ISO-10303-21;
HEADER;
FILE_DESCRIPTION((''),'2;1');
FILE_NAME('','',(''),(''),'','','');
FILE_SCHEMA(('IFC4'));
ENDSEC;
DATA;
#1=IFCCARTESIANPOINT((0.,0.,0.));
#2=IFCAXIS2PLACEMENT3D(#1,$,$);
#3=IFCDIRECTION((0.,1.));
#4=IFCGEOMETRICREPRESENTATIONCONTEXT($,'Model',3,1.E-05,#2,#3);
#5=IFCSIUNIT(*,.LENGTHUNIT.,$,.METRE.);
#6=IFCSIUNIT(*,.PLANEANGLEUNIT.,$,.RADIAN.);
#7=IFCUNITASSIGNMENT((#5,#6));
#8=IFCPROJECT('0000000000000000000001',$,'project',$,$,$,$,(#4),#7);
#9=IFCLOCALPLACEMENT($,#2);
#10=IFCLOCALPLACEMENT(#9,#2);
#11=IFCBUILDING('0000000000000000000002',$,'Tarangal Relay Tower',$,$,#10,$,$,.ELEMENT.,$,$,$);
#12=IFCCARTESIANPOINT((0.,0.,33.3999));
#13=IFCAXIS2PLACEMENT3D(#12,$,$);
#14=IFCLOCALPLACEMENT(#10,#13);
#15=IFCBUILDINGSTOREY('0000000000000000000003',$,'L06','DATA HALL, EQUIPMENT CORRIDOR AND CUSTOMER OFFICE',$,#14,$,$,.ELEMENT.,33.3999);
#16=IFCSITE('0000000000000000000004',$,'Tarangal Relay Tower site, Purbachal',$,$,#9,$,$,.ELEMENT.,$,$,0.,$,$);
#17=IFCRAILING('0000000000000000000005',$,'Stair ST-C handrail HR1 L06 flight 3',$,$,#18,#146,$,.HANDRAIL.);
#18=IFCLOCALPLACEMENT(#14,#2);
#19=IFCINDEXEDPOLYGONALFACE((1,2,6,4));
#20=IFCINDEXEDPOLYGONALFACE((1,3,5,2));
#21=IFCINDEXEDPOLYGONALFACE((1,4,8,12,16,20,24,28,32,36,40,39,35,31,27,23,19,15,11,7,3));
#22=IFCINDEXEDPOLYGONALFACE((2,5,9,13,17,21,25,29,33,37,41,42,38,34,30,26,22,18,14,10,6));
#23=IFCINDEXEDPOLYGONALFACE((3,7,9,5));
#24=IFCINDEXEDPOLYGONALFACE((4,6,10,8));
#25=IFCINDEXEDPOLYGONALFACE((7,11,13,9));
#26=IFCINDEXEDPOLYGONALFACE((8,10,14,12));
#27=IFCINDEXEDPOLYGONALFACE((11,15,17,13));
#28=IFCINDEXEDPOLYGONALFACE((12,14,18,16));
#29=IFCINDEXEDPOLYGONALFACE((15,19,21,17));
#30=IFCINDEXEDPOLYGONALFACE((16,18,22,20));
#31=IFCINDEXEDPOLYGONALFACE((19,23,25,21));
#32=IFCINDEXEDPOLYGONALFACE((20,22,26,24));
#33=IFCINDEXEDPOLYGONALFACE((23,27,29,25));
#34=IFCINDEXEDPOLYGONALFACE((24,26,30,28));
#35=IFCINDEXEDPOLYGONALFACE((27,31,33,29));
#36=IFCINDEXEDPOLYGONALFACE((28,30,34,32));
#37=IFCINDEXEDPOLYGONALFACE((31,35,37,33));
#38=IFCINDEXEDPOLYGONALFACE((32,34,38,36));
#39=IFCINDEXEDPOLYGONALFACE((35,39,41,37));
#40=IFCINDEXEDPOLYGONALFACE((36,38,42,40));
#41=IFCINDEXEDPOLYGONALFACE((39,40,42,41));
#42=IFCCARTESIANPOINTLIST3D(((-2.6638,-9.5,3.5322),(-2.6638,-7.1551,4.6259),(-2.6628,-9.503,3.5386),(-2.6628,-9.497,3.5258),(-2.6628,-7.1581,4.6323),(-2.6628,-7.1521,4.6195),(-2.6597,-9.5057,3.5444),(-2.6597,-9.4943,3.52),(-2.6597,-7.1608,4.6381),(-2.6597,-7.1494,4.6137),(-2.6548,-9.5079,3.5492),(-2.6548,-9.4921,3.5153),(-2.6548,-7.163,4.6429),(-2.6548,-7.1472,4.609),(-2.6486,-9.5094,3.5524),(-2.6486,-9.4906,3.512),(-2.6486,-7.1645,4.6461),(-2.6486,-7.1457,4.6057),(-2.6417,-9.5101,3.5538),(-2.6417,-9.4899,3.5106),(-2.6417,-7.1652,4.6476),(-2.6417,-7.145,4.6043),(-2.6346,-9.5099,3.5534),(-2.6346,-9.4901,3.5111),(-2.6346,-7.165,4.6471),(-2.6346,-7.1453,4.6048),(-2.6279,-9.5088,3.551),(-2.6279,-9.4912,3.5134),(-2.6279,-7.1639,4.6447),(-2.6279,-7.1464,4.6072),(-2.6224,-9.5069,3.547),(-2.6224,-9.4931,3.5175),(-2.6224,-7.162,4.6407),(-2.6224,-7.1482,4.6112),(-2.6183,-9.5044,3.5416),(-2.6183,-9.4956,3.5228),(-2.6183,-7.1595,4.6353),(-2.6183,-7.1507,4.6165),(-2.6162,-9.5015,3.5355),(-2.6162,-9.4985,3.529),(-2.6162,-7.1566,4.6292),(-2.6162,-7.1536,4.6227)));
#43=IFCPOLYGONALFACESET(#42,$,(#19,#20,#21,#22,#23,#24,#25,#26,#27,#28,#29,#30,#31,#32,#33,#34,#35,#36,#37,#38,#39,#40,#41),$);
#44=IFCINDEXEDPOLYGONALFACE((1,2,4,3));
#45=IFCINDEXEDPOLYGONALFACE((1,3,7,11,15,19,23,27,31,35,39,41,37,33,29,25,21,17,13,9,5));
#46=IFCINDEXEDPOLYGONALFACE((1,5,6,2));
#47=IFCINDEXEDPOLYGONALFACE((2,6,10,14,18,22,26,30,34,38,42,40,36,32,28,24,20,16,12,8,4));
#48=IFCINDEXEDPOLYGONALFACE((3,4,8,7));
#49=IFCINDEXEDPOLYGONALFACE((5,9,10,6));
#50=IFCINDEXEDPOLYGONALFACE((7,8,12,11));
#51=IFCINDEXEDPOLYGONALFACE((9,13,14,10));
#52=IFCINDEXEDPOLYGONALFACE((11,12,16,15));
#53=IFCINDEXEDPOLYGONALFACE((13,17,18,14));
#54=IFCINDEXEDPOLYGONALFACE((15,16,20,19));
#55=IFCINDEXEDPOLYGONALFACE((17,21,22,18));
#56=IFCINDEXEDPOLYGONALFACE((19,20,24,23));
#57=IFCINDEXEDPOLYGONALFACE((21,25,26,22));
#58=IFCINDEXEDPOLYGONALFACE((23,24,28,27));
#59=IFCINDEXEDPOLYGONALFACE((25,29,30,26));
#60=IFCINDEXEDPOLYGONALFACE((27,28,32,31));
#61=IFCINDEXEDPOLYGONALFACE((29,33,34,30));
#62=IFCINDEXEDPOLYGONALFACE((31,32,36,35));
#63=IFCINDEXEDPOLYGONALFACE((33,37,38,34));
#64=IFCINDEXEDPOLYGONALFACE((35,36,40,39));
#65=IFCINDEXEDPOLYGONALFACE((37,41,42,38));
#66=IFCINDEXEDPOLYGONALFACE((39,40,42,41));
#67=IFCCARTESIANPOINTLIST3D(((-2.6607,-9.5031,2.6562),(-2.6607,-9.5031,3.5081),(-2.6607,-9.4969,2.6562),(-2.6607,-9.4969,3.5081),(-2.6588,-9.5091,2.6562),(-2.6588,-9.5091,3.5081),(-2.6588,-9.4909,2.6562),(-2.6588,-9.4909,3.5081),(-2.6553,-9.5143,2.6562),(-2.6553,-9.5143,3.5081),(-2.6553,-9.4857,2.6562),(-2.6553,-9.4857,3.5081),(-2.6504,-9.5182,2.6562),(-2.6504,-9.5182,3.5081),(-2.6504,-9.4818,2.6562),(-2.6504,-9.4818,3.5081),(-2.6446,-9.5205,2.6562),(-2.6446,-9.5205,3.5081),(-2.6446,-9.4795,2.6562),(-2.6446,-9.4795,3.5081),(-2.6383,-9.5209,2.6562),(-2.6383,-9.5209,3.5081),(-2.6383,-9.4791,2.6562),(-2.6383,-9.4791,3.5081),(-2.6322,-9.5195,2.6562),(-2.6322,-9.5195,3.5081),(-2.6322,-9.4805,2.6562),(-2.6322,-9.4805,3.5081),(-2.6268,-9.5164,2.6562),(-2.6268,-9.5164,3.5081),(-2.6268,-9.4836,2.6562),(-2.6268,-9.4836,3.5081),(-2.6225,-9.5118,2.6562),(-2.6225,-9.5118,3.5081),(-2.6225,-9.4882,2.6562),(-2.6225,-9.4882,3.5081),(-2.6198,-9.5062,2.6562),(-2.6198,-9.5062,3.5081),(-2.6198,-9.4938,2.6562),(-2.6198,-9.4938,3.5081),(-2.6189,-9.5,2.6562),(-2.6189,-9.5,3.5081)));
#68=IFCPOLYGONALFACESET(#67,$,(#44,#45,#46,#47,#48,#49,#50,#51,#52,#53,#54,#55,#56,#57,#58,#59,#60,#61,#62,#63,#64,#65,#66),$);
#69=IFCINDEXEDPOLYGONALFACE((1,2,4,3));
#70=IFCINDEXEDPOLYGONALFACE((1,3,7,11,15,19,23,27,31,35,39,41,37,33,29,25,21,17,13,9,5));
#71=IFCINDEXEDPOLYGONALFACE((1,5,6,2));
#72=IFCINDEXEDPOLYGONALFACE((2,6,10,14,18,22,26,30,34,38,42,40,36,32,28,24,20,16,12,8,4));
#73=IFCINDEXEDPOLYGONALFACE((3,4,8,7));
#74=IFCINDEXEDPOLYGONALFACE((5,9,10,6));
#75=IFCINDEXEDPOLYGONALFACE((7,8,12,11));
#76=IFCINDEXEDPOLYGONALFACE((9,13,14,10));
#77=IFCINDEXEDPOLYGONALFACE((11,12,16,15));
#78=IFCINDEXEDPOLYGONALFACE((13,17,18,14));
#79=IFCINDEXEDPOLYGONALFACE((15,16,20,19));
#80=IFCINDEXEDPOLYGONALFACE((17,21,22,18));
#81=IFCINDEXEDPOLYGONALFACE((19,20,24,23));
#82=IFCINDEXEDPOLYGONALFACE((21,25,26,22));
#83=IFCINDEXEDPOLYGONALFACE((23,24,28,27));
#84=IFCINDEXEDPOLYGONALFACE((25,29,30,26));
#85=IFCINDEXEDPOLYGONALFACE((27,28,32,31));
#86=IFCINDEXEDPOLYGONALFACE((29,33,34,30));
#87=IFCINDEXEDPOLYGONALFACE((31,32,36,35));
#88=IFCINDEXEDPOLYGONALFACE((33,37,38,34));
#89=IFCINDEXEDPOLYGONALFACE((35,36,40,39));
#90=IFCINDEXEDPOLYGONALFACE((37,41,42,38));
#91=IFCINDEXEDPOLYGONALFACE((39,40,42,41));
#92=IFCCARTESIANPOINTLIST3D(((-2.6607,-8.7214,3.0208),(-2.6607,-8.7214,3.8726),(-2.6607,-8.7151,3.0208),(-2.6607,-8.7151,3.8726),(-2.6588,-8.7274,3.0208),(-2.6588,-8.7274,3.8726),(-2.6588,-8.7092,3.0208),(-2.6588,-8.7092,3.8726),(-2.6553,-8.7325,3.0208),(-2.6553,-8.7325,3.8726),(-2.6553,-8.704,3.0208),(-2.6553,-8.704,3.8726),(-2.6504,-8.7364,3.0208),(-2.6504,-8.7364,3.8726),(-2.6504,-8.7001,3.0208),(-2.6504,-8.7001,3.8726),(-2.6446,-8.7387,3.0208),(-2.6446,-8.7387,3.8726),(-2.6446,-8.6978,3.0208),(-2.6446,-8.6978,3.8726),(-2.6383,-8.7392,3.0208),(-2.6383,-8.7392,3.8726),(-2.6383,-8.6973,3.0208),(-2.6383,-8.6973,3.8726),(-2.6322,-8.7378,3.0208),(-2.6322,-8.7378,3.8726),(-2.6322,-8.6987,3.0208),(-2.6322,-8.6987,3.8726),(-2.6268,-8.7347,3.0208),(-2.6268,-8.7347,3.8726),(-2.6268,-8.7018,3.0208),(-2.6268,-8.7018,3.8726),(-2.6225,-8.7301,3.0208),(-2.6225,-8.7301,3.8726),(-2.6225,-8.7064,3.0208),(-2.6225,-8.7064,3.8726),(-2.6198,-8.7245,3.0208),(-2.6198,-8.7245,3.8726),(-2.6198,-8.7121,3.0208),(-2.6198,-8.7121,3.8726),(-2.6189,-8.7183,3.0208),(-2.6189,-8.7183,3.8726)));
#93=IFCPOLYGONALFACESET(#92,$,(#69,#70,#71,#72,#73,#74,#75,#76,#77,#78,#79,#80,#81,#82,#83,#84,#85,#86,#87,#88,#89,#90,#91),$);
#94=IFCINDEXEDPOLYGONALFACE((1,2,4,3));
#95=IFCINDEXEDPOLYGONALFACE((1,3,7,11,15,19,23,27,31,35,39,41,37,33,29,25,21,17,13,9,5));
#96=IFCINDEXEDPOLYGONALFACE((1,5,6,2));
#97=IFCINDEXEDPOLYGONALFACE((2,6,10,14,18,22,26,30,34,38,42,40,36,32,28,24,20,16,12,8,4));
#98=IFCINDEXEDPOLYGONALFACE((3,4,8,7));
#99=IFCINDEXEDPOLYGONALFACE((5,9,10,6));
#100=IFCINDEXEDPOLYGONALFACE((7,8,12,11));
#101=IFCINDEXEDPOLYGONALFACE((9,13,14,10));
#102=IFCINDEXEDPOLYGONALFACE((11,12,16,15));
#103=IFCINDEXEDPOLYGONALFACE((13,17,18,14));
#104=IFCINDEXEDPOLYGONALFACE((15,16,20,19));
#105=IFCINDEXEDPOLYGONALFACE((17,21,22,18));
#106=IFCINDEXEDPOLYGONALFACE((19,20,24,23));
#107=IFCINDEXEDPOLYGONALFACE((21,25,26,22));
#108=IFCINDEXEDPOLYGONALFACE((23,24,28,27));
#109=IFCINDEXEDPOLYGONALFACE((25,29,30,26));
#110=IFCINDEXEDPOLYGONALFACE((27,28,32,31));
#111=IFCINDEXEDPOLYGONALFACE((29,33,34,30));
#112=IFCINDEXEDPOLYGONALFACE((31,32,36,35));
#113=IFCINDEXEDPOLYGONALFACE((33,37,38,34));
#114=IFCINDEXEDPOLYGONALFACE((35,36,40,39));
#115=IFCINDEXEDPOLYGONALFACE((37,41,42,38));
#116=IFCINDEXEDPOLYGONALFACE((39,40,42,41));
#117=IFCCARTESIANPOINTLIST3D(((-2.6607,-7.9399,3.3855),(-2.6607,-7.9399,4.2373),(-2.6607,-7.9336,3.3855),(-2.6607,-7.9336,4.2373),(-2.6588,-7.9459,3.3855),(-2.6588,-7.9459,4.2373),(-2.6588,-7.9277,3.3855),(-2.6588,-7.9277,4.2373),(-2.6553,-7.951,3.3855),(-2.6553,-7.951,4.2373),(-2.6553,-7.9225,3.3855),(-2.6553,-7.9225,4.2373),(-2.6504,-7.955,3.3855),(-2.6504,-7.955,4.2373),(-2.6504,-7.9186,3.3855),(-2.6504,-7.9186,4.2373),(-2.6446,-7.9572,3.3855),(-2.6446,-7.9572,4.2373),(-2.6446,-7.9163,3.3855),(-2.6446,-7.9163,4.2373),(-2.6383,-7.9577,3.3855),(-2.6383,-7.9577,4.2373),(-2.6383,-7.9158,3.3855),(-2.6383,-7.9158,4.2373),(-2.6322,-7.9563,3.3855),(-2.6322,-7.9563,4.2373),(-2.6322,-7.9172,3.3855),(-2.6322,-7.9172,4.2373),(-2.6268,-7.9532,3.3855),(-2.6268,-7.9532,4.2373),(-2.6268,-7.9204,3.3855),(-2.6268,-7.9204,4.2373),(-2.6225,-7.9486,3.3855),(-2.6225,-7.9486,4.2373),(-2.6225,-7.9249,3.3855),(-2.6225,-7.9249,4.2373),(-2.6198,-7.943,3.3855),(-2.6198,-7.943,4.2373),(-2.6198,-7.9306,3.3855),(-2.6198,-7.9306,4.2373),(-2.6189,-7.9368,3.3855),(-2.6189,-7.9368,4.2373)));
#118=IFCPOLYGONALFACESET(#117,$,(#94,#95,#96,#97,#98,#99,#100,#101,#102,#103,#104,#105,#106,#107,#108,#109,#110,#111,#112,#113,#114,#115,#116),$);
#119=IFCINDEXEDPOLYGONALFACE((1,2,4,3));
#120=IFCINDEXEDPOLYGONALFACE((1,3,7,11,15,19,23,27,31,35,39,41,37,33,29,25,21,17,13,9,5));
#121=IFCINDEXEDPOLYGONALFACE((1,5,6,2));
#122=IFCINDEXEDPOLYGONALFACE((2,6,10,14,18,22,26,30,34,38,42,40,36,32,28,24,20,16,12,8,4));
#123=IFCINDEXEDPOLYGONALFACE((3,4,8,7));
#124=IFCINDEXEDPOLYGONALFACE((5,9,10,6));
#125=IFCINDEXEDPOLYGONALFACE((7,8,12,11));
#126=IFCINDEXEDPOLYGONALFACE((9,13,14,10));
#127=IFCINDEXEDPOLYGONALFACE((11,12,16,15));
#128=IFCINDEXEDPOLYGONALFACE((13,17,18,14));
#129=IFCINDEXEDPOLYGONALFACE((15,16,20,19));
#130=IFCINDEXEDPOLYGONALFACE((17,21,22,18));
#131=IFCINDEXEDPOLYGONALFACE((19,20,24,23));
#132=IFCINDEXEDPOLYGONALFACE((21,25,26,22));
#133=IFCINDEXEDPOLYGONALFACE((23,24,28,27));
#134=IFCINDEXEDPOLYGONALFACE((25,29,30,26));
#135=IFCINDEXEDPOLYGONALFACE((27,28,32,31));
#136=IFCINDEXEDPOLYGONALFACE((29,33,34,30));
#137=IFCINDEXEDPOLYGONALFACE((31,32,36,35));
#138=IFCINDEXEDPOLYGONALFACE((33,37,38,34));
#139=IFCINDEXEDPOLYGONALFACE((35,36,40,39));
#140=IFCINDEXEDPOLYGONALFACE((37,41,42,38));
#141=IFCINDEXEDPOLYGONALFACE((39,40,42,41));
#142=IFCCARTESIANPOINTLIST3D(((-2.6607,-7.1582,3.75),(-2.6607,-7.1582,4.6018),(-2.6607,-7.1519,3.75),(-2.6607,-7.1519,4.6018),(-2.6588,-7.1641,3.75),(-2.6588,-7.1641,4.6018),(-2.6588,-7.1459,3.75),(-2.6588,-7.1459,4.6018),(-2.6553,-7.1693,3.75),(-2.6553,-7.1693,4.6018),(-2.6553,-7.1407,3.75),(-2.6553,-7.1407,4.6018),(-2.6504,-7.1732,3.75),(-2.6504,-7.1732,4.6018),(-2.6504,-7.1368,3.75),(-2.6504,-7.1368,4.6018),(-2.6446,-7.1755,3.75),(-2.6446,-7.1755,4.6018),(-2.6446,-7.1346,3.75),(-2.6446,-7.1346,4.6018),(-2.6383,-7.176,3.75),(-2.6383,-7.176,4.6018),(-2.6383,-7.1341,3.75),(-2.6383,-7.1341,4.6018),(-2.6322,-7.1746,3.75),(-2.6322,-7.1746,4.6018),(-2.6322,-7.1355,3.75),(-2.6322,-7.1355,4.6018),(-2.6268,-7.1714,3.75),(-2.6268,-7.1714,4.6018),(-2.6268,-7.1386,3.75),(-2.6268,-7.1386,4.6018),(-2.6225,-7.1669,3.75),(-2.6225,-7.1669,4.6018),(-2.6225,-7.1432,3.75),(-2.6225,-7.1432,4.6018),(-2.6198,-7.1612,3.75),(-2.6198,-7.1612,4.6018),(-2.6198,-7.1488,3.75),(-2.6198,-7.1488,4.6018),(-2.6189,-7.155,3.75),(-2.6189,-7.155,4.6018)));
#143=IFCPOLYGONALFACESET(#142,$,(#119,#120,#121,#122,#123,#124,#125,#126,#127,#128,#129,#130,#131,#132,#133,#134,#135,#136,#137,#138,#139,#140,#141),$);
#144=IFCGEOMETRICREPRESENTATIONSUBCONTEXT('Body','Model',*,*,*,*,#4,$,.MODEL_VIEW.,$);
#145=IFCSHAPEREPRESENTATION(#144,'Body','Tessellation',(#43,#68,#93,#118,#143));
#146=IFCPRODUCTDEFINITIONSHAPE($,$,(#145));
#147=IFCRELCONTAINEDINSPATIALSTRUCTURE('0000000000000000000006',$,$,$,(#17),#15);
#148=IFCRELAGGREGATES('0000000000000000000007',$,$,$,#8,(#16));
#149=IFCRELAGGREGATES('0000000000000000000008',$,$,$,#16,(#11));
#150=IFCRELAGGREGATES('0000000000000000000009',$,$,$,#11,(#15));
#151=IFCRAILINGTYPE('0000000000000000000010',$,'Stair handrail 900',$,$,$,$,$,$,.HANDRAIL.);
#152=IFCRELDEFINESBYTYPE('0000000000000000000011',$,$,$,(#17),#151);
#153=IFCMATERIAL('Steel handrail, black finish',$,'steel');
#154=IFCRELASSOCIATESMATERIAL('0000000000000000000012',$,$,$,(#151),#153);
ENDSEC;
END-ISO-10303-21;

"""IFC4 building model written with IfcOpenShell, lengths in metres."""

from ifc_helpers import new_model, si_unit, direction, frame, origin, origin_2d, place, context, subcontext, project, spatial, circle, extrude, material, type_object, element, save


model = new_model("IFC4")

# Units and contexts
model_context = context("Model", 3, precision=1e-05, world=origin(), true_north=direction((0.0, 1.0)))
body_context = subcontext(model_context, "Body", "Model", "MODEL_VIEW")
ifc_project = project(units=[si_unit("LENGTHUNIT", "METRE"), si_unit("PLANEANGLEUNIT", "RADIAN")], contexts=[model_context])

# Site, building, storey
site_placement = place(None, origin())
site = spatial("IfcSite", under=ifc_project, at=site_placement, Name="Tarangal Relay Tower site, Purbachal", CompositionType="ELEMENT", RefElevation=0.0)
building_placement = place(site_placement, origin())
building = spatial("IfcBuilding", under=site, at=building_placement, Name="Tarangal Relay Tower", CompositionType="ELEMENT")
storey_placement = place(building_placement, frame((0.0, 0.0, 33.3999)))
storey = spatial("IfcBuildingStorey", under=building, at=storey_placement, Name="L06", Description="DATA HALL, EQUIPMENT CORRIDOR AND CUSTOMER OFFICE", CompositionType="ELEMENT", Elevation=33.3999)

# Railing
ifc_material_1 = material(Name="Steel handrail, black finish", Category="steel")
railing_type_1 = type_object("IfcRailingType", Name="Stair handrail 900", PredefinedType="HANDRAIL", material=ifc_material_1)
for number, where, name in (
    (1, (-2.6399, -9.5, 2.6562), "Stair ST-C handrail HR1 L06 flight 3"),
):
    element("IfcRailing", number, at=place(storey_placement, frame(where)), inside=storey, type_object=railing_type_1, Name=name, PredefinedType="HANDRAIL", context=body_context, shape_type="SweptSolid", body=[
        extrude(circle(Radius=0.0239, at=origin_2d()), frame((0.0, 0.0, 0.876), z_axis=(0.0, 0.906267, 0.422705), x_axis=(-1.0, 0.0, 0.0)), (0.0, 0.0, 1.0), 2.5874),
        extrude(circle(Radius=0.021, at=origin_2d()), origin(), (0.0, 0.0, 1.0), 0.8518),
        extrude(circle(Radius=0.021, at=origin_2d()), frame((0.0, 0.7817, 0.3645)), (0.0, 0.0, 1.0), 0.8518),
        extrude(circle(Radius=0.021, at=origin_2d()), frame((0.0, 1.5632, 0.7292)), (0.0, 0.0, 1.0), 0.8518),
        extrude(circle(Radius=0.021, at=origin_2d()), frame((0.0, 2.345, 1.0938)), (0.0, 0.0, 1.0), 0.8518),
    ])

save(model, "model.ifc")
